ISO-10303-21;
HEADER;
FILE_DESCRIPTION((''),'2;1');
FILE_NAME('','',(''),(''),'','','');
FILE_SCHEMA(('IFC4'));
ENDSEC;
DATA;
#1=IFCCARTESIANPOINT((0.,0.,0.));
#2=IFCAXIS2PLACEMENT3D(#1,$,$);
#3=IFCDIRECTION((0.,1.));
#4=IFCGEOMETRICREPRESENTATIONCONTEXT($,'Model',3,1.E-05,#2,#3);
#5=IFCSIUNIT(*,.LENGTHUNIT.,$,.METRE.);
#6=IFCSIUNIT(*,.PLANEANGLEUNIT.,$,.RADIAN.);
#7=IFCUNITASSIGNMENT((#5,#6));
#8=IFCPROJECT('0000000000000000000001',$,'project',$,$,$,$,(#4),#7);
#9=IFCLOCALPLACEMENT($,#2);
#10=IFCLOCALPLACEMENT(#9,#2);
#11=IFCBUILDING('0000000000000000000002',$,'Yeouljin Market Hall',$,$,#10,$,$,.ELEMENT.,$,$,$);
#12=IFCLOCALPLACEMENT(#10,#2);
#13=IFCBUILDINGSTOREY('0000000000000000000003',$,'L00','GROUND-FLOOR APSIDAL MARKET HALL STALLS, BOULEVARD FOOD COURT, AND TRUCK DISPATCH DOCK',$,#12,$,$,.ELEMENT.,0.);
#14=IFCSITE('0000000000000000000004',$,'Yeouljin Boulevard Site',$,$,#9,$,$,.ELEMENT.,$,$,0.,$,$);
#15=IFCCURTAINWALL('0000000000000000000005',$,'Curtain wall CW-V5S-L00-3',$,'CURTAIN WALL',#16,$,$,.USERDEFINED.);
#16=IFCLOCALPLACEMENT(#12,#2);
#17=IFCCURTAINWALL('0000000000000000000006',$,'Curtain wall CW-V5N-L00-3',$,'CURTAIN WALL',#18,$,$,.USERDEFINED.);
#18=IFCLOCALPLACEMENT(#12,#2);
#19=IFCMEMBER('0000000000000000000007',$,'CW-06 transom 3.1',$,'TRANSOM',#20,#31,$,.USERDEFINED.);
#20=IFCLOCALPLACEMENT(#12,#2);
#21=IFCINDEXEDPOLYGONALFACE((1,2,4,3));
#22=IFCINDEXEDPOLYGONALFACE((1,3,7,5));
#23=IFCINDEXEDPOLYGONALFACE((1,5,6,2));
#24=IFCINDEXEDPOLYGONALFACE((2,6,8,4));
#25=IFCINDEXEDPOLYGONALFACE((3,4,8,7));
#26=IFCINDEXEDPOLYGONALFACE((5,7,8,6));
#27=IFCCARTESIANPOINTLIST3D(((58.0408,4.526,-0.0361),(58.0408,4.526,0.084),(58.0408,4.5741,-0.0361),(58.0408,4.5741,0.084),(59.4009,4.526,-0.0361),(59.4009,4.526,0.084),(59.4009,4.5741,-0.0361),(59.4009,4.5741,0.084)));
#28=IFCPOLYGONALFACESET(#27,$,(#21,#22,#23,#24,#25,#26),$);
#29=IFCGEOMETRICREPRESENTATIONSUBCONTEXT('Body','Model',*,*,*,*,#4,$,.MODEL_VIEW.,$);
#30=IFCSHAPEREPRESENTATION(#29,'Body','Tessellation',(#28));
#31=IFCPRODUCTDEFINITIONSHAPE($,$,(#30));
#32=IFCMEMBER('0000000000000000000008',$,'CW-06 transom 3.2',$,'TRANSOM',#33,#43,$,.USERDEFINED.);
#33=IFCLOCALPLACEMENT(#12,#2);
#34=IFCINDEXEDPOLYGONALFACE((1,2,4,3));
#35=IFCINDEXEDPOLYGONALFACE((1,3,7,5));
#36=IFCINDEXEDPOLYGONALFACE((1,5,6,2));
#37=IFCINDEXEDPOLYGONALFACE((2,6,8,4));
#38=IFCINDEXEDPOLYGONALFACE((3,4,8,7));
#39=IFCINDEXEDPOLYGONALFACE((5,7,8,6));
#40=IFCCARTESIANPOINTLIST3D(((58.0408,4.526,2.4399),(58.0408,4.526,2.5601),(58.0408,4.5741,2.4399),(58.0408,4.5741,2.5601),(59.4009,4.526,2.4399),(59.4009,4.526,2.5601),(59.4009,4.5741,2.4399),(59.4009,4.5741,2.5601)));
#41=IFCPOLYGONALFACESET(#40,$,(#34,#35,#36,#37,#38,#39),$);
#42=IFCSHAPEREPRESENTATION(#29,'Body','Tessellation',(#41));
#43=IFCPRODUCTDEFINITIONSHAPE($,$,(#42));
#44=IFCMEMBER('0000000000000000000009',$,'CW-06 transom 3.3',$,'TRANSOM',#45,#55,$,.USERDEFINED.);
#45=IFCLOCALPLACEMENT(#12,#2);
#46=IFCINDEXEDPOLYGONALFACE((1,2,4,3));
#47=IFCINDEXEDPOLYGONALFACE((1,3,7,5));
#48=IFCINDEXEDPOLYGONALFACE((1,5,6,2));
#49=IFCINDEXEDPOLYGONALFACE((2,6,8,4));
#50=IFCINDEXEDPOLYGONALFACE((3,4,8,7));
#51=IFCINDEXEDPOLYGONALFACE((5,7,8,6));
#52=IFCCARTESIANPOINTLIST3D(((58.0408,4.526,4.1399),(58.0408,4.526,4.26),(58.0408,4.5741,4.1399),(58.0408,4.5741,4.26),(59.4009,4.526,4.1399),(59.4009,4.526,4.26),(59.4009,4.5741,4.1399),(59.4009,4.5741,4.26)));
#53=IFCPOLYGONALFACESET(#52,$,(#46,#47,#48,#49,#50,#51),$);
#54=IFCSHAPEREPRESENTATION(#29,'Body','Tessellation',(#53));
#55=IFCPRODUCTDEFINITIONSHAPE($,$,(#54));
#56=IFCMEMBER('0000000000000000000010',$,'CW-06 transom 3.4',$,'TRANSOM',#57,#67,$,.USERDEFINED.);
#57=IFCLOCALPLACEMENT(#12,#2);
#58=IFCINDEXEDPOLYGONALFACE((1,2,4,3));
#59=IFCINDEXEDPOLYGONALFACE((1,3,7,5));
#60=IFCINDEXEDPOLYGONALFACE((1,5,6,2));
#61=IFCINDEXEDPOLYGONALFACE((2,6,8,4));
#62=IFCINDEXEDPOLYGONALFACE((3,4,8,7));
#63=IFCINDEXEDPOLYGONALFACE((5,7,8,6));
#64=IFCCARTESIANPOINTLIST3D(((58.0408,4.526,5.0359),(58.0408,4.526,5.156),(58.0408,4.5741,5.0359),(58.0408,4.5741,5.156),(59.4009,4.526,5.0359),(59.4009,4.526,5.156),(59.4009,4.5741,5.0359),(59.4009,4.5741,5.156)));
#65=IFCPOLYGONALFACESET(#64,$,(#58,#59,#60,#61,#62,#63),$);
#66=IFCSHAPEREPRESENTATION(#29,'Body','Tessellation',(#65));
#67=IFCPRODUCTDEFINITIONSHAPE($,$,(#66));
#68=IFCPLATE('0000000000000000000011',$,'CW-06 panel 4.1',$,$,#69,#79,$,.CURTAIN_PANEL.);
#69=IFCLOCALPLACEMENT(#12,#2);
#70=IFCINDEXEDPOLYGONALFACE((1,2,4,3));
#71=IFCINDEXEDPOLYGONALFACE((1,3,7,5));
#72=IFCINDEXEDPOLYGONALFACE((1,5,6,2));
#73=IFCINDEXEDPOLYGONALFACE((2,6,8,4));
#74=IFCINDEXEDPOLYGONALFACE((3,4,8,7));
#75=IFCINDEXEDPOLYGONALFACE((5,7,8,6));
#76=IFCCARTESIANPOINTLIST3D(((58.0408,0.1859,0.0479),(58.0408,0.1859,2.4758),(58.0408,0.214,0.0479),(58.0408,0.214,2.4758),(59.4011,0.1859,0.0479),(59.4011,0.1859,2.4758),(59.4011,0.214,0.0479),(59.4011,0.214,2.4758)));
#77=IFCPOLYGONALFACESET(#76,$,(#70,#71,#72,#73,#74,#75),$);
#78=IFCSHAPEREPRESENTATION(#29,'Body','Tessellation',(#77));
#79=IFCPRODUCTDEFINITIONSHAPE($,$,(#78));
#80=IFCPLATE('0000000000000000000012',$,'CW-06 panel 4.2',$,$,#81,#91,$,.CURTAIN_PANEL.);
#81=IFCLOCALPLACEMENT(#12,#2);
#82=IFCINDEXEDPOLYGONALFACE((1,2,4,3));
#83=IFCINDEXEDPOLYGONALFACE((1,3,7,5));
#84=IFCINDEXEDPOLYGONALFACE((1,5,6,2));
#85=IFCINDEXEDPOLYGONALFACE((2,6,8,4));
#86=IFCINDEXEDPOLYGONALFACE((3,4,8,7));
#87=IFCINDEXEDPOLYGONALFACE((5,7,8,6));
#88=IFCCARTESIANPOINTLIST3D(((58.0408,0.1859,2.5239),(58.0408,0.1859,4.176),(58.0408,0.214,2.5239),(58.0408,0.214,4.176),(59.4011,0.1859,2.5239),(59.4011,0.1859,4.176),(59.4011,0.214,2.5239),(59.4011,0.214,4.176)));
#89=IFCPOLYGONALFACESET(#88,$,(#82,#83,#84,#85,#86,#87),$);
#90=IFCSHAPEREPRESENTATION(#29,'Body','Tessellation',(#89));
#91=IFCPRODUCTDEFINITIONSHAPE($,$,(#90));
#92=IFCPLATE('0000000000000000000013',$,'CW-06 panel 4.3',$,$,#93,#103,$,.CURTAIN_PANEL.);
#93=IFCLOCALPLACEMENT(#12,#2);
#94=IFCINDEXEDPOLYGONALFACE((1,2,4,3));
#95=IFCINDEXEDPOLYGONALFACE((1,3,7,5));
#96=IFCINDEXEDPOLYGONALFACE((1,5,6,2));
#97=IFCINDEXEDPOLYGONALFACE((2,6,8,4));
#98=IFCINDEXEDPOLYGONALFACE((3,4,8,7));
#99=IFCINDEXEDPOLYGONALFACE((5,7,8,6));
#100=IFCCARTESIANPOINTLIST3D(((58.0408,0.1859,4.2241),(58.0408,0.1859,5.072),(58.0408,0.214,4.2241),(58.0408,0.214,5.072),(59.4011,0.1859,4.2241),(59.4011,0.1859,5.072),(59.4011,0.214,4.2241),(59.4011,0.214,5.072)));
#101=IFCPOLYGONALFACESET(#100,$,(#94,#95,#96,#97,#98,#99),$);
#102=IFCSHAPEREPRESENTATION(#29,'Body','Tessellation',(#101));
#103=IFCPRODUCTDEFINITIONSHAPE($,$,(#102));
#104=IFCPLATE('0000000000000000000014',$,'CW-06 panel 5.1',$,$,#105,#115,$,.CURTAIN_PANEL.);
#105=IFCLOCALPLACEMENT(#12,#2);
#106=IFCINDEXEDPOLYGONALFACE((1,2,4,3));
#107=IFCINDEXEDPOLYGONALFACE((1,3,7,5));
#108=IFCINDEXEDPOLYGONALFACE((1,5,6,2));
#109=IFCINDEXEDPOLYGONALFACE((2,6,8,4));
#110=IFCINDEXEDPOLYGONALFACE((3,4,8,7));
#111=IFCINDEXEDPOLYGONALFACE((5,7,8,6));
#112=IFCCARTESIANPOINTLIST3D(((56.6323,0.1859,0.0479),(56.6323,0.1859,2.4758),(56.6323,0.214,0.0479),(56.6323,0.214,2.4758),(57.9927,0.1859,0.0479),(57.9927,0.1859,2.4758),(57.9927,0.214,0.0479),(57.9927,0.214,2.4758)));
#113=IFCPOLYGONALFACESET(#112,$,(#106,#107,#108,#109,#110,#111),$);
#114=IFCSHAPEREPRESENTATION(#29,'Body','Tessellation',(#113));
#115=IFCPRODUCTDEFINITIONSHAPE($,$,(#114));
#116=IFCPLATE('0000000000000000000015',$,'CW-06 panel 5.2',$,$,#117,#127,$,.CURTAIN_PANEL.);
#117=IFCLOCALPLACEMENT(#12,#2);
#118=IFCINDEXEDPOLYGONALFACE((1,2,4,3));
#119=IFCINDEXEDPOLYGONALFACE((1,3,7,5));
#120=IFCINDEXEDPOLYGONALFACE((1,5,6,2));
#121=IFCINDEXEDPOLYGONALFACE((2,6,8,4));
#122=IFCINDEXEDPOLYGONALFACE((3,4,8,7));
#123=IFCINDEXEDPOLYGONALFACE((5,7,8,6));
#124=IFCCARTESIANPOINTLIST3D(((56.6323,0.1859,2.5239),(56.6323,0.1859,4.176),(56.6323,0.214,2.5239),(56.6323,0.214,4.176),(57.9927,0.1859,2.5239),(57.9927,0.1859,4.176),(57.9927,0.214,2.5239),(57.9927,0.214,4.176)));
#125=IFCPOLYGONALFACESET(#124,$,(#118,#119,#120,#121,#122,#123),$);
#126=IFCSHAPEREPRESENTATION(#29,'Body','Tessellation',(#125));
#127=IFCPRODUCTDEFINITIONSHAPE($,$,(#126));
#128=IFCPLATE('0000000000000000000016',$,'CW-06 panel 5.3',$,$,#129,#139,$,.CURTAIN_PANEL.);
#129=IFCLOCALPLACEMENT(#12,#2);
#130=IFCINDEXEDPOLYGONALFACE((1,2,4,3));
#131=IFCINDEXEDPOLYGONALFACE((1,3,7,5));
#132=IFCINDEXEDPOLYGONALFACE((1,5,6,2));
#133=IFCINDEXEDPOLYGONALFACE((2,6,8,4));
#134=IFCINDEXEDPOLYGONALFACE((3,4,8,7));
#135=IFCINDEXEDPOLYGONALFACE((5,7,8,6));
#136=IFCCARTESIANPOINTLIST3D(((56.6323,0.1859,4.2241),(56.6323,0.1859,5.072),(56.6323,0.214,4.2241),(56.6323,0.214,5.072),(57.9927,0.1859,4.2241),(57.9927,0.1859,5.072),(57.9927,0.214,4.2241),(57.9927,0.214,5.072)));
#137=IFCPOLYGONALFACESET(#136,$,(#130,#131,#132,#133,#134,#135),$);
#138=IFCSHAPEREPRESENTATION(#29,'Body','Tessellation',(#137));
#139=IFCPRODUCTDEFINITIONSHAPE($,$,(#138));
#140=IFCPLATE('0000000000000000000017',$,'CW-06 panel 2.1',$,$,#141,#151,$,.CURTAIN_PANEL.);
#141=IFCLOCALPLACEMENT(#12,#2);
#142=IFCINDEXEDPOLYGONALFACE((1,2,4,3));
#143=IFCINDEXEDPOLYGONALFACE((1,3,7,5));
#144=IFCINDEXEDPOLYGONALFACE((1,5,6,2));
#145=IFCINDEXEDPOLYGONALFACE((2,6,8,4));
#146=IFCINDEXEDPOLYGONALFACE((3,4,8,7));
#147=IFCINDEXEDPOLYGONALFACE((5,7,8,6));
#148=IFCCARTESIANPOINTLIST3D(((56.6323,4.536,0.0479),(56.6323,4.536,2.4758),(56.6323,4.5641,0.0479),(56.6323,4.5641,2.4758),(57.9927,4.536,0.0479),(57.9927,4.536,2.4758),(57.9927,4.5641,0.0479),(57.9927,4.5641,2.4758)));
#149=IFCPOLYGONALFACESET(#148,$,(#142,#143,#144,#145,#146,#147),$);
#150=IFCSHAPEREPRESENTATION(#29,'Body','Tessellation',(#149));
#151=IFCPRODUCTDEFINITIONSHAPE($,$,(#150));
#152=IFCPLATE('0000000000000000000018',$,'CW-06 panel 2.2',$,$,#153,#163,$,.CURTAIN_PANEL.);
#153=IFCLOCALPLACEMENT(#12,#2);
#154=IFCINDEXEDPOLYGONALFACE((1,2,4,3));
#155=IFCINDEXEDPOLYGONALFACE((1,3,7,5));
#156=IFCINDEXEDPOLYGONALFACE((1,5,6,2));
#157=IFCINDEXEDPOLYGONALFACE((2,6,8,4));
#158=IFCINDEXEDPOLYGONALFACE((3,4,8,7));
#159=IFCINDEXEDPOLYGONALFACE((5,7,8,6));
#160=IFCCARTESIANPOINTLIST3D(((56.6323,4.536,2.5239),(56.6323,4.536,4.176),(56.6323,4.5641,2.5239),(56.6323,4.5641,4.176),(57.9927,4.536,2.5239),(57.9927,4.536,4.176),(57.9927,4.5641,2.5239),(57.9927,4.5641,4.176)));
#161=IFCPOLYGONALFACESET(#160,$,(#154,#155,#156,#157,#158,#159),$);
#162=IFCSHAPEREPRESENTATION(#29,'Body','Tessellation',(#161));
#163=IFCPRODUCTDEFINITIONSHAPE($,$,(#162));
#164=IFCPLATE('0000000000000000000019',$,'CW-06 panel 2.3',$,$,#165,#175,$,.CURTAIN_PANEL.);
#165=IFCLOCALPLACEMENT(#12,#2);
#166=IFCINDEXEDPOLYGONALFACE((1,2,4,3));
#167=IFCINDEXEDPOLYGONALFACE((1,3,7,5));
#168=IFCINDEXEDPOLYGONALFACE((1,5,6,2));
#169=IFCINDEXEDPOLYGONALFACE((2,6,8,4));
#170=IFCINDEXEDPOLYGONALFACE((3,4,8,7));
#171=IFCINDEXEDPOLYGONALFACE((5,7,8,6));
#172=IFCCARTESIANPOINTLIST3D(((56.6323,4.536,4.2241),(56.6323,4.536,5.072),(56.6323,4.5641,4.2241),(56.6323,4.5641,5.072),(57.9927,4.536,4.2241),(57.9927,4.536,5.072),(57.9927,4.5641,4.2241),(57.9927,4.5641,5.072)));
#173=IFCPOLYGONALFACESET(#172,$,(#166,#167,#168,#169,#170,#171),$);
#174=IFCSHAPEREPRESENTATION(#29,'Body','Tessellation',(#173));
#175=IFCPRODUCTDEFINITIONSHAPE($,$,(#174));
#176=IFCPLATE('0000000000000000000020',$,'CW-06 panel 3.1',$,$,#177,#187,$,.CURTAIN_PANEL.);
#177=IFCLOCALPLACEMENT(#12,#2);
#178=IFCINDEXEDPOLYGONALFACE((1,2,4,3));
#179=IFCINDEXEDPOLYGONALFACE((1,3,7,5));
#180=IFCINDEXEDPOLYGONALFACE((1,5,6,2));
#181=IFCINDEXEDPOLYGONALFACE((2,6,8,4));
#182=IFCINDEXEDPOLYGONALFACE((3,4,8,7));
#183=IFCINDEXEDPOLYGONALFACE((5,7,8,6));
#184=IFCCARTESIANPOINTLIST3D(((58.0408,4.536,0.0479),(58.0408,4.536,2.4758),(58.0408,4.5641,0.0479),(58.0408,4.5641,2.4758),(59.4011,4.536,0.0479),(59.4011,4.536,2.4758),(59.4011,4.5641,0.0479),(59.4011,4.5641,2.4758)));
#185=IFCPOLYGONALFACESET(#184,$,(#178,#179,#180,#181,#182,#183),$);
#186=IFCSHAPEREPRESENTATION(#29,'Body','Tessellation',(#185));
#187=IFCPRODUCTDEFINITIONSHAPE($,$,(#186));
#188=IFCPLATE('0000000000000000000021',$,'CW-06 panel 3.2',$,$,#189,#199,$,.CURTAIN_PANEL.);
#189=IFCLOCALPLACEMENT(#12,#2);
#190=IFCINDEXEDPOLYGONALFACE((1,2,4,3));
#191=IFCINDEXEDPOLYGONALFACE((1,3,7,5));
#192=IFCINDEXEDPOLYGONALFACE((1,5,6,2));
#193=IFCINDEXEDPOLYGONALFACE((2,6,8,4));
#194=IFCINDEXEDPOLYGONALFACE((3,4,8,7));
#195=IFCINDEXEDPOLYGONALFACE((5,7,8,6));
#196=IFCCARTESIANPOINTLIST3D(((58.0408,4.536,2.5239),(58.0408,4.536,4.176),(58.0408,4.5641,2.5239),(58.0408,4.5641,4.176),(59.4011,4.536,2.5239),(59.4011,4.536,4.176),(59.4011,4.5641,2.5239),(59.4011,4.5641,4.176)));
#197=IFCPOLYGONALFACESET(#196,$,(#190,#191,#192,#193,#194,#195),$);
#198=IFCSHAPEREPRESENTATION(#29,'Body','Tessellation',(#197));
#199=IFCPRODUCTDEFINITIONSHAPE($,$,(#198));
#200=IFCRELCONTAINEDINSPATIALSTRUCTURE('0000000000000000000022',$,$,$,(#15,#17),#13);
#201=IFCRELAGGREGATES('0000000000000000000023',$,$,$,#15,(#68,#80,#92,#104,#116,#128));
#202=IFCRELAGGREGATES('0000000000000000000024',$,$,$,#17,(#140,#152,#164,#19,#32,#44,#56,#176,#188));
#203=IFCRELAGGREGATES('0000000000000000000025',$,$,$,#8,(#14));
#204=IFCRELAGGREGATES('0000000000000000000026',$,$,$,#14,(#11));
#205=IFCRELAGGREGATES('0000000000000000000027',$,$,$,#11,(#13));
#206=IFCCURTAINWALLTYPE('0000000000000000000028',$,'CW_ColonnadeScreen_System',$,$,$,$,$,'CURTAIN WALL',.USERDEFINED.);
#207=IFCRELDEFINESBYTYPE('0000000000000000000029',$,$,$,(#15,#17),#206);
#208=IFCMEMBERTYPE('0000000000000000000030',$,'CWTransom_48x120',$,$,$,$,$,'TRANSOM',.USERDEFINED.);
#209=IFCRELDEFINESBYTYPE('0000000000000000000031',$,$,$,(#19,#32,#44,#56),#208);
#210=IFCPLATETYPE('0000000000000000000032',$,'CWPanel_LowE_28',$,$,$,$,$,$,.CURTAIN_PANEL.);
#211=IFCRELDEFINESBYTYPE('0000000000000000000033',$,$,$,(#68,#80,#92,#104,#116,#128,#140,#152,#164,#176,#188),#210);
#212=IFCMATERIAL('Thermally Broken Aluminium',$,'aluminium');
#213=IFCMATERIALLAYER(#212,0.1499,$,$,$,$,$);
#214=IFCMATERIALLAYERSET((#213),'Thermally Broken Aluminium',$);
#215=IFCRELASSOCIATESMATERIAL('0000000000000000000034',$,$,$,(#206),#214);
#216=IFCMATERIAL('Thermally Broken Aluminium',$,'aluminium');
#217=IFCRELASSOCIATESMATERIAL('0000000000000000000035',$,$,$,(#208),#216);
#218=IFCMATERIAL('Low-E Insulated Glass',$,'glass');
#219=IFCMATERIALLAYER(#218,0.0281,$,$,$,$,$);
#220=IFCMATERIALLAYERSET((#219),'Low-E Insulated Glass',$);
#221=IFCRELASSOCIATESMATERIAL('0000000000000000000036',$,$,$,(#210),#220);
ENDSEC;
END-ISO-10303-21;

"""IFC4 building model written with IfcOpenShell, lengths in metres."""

from ifc_helpers import new_model, si_unit, direction, frame, origin, origin_2d, place, context, subcontext, project, spatial, rectangle, extrude, material, layer, layer_set, material_profile, profile_set, type_object, element, aggregate, save


model = new_model("IFC4")

# Units and contexts
model_context = context("Model", 3, precision=1e-05, world=origin(), true_north=direction((0.0, 1.0)))
body_context = subcontext(model_context, "Body", "Model", "MODEL_VIEW")
ifc_project = project(units=[si_unit("LENGTHUNIT", "METRE"), si_unit("PLANEANGLEUNIT", "RADIAN")], contexts=[model_context])

# Site, building, storey
site_placement = place(None, origin())
site = spatial("IfcSite", under=ifc_project, at=site_placement, Name="Yeouljin Boulevard Site", CompositionType="ELEMENT", RefElevation=0.0)
building_placement = place(site_placement, origin())
building = spatial("IfcBuilding", under=site, at=building_placement, Name="Yeouljin Market Hall", CompositionType="ELEMENT")
storey_placement = place(building_placement, origin())
storey = spatial("IfcBuildingStorey", under=building, at=storey_placement, Name="L00", Description="GROUND-FLOOR APSIDAL MARKET HALL STALLS, BOULEVARD FOOD COURT, AND TRUCK DISPATCH DOCK", CompositionType="ELEMENT", Elevation=0.0)

# Curtain walls
ifc_material_1 = material(Name="Thermally Broken Aluminium", Category="aluminium")
ifc_layer_1 = layer(ifc_material_1, 0.1499)
ifc_layer_set_1 = layer_set([ifc_layer_1], Name="Thermally Broken Aluminium")
curtain_wall_type = type_object("IfcCurtainWallType", Name="CW_ColonnadeScreen_System", ElementType="CURTAIN WALL", PredefinedType="USERDEFINED", material=ifc_layer_set_1)
curtain_wall_1_placement = place(storey_placement, origin())
curtain_wall_1 = element("IfcCurtainWall", 1, at=curtain_wall_1_placement, inside=storey, type_object=curtain_wall_type, Name="Curtain wall CW-V5S-L00-3", ObjectType="CURTAIN WALL", PredefinedType="USERDEFINED")
curtain_wall_2_placement = place(storey_placement, origin())
curtain_wall_2 = element("IfcCurtainWall", 2, at=curtain_wall_2_placement, inside=storey, type_object=curtain_wall_type, Name="Curtain wall CW-V5N-L00-3", ObjectType="CURTAIN WALL", PredefinedType="USERDEFINED")

# Members
ifc_material_2 = material(Name="Thermally Broken Aluminium", Category="aluminium")
ifc_material_profile_1 = material_profile(ifc_material_2, rectangle(XDim=0.0481, YDim=0.1201, at=origin_2d()), Name="CW-TRAN-48x120")
ifc_profile_set_1 = profile_set([ifc_material_profile_1], Name="Thermally Broken Aluminium")
member_type_1 = type_object("IfcMemberType", Name="CWTransom_48x120", ElementType="TRANSOM", PredefinedType="USERDEFINED", material=ifc_profile_set_1)
member_1_placement = place(storey_placement, frame((58.0408, 4.55, 0.0239), z_axis=(1.0, 0.0, 0.0), x_axis=(0.0, 1.0, 0.0)))
member_1 = element("IfcMember", 3, at=member_1_placement, type_object=member_type_1, Name="CW-06 transom 3.1", ObjectType="TRANSOM", PredefinedType="USERDEFINED", context=body_context, shape_type="SweptSolid", body=[
    extrude(rectangle(XDim=0.0481, YDim=0.1201, at=origin_2d()), origin(), (0.0, 0.0, 1.0), 1.3601),
])
member_2_placement = place(storey_placement, frame((58.0408, 4.55, 2.5), z_axis=(1.0, 0.0, 0.0), x_axis=(0.0, 1.0, 0.0)))
member_2 = element("IfcMember", 4, at=member_2_placement, type_object=member_type_1, Name="CW-06 transom 3.2", ObjectType="TRANSOM", PredefinedType="USERDEFINED", context=body_context, shape_type="SweptSolid", body=[
    extrude(rectangle(XDim=0.0481, YDim=0.1201, at=origin_2d()), origin(), (0.0, 0.0, 1.0), 1.3601),
])
member_3_placement = place(storey_placement, frame((58.0408, 4.55, 4.2), z_axis=(1.0, 0.0, 0.0), x_axis=(0.0, 1.0, 0.0)))
member_3 = element("IfcMember", 5, at=member_3_placement, type_object=member_type_1, Name="CW-06 transom 3.3", ObjectType="TRANSOM", PredefinedType="USERDEFINED", context=body_context, shape_type="SweptSolid", body=[
    extrude(rectangle(XDim=0.0481, YDim=0.1201, at=origin_2d()), origin(), (0.0, 0.0, 1.0), 1.3601),
])
member_4_placement = place(storey_placement, frame((58.0408, 4.55, 5.0959), z_axis=(1.0, 0.0, 0.0), x_axis=(0.0, 1.0, 0.0)))
member_4 = element("IfcMember", 6, at=member_4_placement, type_object=member_type_1, Name="CW-06 transom 3.4", ObjectType="TRANSOM", PredefinedType="USERDEFINED", context=body_context, shape_type="SweptSolid", body=[
    extrude(rectangle(XDim=0.0481, YDim=0.1201, at=origin_2d()), origin(), (0.0, 0.0, 1.0), 1.3601),
])

# Plates
ifc_material_3 = material(Name="Low-E Insulated Glass", Category="glass")
ifc_layer_2 = layer(ifc_material_3, 0.0281)
ifc_layer_set_2 = layer_set([ifc_layer_2], Name="Low-E Insulated Glass")
plate_type = type_object("IfcPlateType", Name="CWPanel_LowE_28", PredefinedType="CURTAIN_PANEL", material=ifc_layer_set_2)
plate_1_placement = place(storey_placement, frame((58.7209, 0.2, 0.0479), z_axis=(0.0, 0.0, 1.0), x_axis=(-1.0, 0.0, 0.0)))
plate_1 = element("IfcPlate", 7, at=plate_1_placement, type_object=plate_type, Name="CW-06 panel 4.1", PredefinedType="CURTAIN_PANEL", context=body_context, shape_type="SweptSolid", body=[
    extrude(rectangle(XDim=1.3604, YDim=0.0281, at=origin_2d()), origin(), (0.0, 0.0, 1.0), 2.428),
])
plate_2_placement = place(storey_placement, frame((58.7209, 0.2, 2.5239), z_axis=(0.0, 0.0, 1.0), x_axis=(-1.0, 0.0, 0.0)))
plate_2 = element("IfcPlate", 8, at=plate_2_placement, type_object=plate_type, Name="CW-06 panel 4.2", PredefinedType="CURTAIN_PANEL", context=body_context, shape_type="SweptSolid", body=[
    extrude(rectangle(XDim=1.3604, YDim=0.0281, at=origin_2d()), origin(), (0.0, 0.0, 1.0), 1.6521),
])
plate_3_placement = place(storey_placement, frame((58.7209, 0.2, 4.2241), z_axis=(0.0, 0.0, 1.0), x_axis=(-1.0, 0.0, 0.0)))
plate_3 = element("IfcPlate", 9, at=plate_3_placement, type_object=plate_type, Name="CW-06 panel 4.3", PredefinedType="CURTAIN_PANEL", context=body_context, shape_type="SweptSolid", body=[
    extrude(rectangle(XDim=1.3604, YDim=0.0281, at=origin_2d()), origin(), (0.0, 0.0, 1.0), 0.8479),
])
plate_4_placement = place(storey_placement, frame((57.3125, 0.2, 0.0479), z_axis=(0.0, 0.0, 1.0), x_axis=(-1.0, 0.0, 0.0)))
plate_4 = element("IfcPlate", 10, at=plate_4_placement, type_object=plate_type, Name="CW-06 panel 5.1", PredefinedType="CURTAIN_PANEL", context=body_context, shape_type="SweptSolid", body=[
    extrude(rectangle(XDim=1.3604, YDim=0.0281, at=origin_2d()), origin(), (0.0, 0.0, 1.0), 2.428),
])
plate_5_placement = place(storey_placement, frame((57.3125, 0.2, 2.5239), z_axis=(0.0, 0.0, 1.0), x_axis=(-1.0, 0.0, 0.0)))
plate_5 = element("IfcPlate", 11, at=plate_5_placement, type_object=plate_type, Name="CW-06 panel 5.2", PredefinedType="CURTAIN_PANEL", context=body_context, shape_type="SweptSolid", body=[
    extrude(rectangle(XDim=1.3604, YDim=0.0281, at=origin_2d()), origin(), (0.0, 0.0, 1.0), 1.6521),
])
plate_6_placement = place(storey_placement, frame((57.3125, 0.2, 4.2241), z_axis=(0.0, 0.0, 1.0), x_axis=(-1.0, 0.0, 0.0)))
plate_6 = element("IfcPlate", 12, at=plate_6_placement, type_object=plate_type, Name="CW-06 panel 5.3", PredefinedType="CURTAIN_PANEL", context=body_context, shape_type="SweptSolid", body=[
    extrude(rectangle(XDim=1.3604, YDim=0.0281, at=origin_2d()), origin(), (0.0, 0.0, 1.0), 0.8479),
])
aggregate(curtain_wall_1, [plate_1, plate_2, plate_3, plate_4, plate_5, plate_6])
plate_7_placement = place(storey_placement, frame((57.3125, 4.55, 0.0479), z_axis=(0.0, 0.0, 1.0), x_axis=(1.0, 0.0, 0.0)))
plate_7 = element("IfcPlate", 13, at=plate_7_placement, type_object=plate_type, Name="CW-06 panel 2.1", PredefinedType="CURTAIN_PANEL", context=body_context, shape_type="SweptSolid", body=[
    extrude(rectangle(XDim=1.3604, YDim=0.0281, at=origin_2d()), origin(), (0.0, 0.0, 1.0), 2.428),
])
plate_8_placement = place(storey_placement, frame((57.3125, 4.55, 2.5239), z_axis=(0.0, 0.0, 1.0), x_axis=(1.0, 0.0, 0.0)))
plate_8 = element("IfcPlate", 14, at=plate_8_placement, type_object=plate_type, Name="CW-06 panel 2.2", PredefinedType="CURTAIN_PANEL", context=body_context, shape_type="SweptSolid", body=[
    extrude(rectangle(XDim=1.3604, YDim=0.0281, at=origin_2d()), origin(), (0.0, 0.0, 1.0), 1.6521),
])
plate_9_placement = place(storey_placement, frame((57.3125, 4.55, 4.2241), z_axis=(0.0, 0.0, 1.0), x_axis=(1.0, 0.0, 0.0)))
plate_9 = element("IfcPlate", 15, at=plate_9_placement, type_object=plate_type, Name="CW-06 panel 2.3", PredefinedType="CURTAIN_PANEL", context=body_context, shape_type="SweptSolid", body=[
    extrude(rectangle(XDim=1.3604, YDim=0.0281, at=origin_2d()), origin(), (0.0, 0.0, 1.0), 0.8479),
])
plate_10_placement = place(storey_placement, frame((58.7209, 4.55, 0.0479), z_axis=(0.0, 0.0, 1.0), x_axis=(1.0, 0.0, 0.0)))
plate_10 = element("IfcPlate", 16, at=plate_10_placement, type_object=plate_type, Name="CW-06 panel 3.1", PredefinedType="CURTAIN_PANEL", context=body_context, shape_type="SweptSolid", body=[
    extrude(rectangle(XDim=1.3604, YDim=0.0281, at=origin_2d()), origin(), (0.0, 0.0, 1.0), 2.428),
])
plate_11_placement = place(storey_placement, frame((58.7209, 4.55, 2.5239), z_axis=(0.0, 0.0, 1.0), x_axis=(1.0, 0.0, 0.0)))
plate_11 = element("IfcPlate", 17, at=plate_11_placement, type_object=plate_type, Name="CW-06 panel 3.2", PredefinedType="CURTAIN_PANEL", context=body_context, shape_type="SweptSolid", body=[
    extrude(rectangle(XDim=1.3604, YDim=0.0281, at=origin_2d()), origin(), (0.0, 0.0, 1.0), 1.6521),
])
aggregate(curtain_wall_2, [plate_7, plate_8, plate_9, member_1, member_2, member_3, member_4, plate_10, plate_11])

save(model, "model.ifc")
